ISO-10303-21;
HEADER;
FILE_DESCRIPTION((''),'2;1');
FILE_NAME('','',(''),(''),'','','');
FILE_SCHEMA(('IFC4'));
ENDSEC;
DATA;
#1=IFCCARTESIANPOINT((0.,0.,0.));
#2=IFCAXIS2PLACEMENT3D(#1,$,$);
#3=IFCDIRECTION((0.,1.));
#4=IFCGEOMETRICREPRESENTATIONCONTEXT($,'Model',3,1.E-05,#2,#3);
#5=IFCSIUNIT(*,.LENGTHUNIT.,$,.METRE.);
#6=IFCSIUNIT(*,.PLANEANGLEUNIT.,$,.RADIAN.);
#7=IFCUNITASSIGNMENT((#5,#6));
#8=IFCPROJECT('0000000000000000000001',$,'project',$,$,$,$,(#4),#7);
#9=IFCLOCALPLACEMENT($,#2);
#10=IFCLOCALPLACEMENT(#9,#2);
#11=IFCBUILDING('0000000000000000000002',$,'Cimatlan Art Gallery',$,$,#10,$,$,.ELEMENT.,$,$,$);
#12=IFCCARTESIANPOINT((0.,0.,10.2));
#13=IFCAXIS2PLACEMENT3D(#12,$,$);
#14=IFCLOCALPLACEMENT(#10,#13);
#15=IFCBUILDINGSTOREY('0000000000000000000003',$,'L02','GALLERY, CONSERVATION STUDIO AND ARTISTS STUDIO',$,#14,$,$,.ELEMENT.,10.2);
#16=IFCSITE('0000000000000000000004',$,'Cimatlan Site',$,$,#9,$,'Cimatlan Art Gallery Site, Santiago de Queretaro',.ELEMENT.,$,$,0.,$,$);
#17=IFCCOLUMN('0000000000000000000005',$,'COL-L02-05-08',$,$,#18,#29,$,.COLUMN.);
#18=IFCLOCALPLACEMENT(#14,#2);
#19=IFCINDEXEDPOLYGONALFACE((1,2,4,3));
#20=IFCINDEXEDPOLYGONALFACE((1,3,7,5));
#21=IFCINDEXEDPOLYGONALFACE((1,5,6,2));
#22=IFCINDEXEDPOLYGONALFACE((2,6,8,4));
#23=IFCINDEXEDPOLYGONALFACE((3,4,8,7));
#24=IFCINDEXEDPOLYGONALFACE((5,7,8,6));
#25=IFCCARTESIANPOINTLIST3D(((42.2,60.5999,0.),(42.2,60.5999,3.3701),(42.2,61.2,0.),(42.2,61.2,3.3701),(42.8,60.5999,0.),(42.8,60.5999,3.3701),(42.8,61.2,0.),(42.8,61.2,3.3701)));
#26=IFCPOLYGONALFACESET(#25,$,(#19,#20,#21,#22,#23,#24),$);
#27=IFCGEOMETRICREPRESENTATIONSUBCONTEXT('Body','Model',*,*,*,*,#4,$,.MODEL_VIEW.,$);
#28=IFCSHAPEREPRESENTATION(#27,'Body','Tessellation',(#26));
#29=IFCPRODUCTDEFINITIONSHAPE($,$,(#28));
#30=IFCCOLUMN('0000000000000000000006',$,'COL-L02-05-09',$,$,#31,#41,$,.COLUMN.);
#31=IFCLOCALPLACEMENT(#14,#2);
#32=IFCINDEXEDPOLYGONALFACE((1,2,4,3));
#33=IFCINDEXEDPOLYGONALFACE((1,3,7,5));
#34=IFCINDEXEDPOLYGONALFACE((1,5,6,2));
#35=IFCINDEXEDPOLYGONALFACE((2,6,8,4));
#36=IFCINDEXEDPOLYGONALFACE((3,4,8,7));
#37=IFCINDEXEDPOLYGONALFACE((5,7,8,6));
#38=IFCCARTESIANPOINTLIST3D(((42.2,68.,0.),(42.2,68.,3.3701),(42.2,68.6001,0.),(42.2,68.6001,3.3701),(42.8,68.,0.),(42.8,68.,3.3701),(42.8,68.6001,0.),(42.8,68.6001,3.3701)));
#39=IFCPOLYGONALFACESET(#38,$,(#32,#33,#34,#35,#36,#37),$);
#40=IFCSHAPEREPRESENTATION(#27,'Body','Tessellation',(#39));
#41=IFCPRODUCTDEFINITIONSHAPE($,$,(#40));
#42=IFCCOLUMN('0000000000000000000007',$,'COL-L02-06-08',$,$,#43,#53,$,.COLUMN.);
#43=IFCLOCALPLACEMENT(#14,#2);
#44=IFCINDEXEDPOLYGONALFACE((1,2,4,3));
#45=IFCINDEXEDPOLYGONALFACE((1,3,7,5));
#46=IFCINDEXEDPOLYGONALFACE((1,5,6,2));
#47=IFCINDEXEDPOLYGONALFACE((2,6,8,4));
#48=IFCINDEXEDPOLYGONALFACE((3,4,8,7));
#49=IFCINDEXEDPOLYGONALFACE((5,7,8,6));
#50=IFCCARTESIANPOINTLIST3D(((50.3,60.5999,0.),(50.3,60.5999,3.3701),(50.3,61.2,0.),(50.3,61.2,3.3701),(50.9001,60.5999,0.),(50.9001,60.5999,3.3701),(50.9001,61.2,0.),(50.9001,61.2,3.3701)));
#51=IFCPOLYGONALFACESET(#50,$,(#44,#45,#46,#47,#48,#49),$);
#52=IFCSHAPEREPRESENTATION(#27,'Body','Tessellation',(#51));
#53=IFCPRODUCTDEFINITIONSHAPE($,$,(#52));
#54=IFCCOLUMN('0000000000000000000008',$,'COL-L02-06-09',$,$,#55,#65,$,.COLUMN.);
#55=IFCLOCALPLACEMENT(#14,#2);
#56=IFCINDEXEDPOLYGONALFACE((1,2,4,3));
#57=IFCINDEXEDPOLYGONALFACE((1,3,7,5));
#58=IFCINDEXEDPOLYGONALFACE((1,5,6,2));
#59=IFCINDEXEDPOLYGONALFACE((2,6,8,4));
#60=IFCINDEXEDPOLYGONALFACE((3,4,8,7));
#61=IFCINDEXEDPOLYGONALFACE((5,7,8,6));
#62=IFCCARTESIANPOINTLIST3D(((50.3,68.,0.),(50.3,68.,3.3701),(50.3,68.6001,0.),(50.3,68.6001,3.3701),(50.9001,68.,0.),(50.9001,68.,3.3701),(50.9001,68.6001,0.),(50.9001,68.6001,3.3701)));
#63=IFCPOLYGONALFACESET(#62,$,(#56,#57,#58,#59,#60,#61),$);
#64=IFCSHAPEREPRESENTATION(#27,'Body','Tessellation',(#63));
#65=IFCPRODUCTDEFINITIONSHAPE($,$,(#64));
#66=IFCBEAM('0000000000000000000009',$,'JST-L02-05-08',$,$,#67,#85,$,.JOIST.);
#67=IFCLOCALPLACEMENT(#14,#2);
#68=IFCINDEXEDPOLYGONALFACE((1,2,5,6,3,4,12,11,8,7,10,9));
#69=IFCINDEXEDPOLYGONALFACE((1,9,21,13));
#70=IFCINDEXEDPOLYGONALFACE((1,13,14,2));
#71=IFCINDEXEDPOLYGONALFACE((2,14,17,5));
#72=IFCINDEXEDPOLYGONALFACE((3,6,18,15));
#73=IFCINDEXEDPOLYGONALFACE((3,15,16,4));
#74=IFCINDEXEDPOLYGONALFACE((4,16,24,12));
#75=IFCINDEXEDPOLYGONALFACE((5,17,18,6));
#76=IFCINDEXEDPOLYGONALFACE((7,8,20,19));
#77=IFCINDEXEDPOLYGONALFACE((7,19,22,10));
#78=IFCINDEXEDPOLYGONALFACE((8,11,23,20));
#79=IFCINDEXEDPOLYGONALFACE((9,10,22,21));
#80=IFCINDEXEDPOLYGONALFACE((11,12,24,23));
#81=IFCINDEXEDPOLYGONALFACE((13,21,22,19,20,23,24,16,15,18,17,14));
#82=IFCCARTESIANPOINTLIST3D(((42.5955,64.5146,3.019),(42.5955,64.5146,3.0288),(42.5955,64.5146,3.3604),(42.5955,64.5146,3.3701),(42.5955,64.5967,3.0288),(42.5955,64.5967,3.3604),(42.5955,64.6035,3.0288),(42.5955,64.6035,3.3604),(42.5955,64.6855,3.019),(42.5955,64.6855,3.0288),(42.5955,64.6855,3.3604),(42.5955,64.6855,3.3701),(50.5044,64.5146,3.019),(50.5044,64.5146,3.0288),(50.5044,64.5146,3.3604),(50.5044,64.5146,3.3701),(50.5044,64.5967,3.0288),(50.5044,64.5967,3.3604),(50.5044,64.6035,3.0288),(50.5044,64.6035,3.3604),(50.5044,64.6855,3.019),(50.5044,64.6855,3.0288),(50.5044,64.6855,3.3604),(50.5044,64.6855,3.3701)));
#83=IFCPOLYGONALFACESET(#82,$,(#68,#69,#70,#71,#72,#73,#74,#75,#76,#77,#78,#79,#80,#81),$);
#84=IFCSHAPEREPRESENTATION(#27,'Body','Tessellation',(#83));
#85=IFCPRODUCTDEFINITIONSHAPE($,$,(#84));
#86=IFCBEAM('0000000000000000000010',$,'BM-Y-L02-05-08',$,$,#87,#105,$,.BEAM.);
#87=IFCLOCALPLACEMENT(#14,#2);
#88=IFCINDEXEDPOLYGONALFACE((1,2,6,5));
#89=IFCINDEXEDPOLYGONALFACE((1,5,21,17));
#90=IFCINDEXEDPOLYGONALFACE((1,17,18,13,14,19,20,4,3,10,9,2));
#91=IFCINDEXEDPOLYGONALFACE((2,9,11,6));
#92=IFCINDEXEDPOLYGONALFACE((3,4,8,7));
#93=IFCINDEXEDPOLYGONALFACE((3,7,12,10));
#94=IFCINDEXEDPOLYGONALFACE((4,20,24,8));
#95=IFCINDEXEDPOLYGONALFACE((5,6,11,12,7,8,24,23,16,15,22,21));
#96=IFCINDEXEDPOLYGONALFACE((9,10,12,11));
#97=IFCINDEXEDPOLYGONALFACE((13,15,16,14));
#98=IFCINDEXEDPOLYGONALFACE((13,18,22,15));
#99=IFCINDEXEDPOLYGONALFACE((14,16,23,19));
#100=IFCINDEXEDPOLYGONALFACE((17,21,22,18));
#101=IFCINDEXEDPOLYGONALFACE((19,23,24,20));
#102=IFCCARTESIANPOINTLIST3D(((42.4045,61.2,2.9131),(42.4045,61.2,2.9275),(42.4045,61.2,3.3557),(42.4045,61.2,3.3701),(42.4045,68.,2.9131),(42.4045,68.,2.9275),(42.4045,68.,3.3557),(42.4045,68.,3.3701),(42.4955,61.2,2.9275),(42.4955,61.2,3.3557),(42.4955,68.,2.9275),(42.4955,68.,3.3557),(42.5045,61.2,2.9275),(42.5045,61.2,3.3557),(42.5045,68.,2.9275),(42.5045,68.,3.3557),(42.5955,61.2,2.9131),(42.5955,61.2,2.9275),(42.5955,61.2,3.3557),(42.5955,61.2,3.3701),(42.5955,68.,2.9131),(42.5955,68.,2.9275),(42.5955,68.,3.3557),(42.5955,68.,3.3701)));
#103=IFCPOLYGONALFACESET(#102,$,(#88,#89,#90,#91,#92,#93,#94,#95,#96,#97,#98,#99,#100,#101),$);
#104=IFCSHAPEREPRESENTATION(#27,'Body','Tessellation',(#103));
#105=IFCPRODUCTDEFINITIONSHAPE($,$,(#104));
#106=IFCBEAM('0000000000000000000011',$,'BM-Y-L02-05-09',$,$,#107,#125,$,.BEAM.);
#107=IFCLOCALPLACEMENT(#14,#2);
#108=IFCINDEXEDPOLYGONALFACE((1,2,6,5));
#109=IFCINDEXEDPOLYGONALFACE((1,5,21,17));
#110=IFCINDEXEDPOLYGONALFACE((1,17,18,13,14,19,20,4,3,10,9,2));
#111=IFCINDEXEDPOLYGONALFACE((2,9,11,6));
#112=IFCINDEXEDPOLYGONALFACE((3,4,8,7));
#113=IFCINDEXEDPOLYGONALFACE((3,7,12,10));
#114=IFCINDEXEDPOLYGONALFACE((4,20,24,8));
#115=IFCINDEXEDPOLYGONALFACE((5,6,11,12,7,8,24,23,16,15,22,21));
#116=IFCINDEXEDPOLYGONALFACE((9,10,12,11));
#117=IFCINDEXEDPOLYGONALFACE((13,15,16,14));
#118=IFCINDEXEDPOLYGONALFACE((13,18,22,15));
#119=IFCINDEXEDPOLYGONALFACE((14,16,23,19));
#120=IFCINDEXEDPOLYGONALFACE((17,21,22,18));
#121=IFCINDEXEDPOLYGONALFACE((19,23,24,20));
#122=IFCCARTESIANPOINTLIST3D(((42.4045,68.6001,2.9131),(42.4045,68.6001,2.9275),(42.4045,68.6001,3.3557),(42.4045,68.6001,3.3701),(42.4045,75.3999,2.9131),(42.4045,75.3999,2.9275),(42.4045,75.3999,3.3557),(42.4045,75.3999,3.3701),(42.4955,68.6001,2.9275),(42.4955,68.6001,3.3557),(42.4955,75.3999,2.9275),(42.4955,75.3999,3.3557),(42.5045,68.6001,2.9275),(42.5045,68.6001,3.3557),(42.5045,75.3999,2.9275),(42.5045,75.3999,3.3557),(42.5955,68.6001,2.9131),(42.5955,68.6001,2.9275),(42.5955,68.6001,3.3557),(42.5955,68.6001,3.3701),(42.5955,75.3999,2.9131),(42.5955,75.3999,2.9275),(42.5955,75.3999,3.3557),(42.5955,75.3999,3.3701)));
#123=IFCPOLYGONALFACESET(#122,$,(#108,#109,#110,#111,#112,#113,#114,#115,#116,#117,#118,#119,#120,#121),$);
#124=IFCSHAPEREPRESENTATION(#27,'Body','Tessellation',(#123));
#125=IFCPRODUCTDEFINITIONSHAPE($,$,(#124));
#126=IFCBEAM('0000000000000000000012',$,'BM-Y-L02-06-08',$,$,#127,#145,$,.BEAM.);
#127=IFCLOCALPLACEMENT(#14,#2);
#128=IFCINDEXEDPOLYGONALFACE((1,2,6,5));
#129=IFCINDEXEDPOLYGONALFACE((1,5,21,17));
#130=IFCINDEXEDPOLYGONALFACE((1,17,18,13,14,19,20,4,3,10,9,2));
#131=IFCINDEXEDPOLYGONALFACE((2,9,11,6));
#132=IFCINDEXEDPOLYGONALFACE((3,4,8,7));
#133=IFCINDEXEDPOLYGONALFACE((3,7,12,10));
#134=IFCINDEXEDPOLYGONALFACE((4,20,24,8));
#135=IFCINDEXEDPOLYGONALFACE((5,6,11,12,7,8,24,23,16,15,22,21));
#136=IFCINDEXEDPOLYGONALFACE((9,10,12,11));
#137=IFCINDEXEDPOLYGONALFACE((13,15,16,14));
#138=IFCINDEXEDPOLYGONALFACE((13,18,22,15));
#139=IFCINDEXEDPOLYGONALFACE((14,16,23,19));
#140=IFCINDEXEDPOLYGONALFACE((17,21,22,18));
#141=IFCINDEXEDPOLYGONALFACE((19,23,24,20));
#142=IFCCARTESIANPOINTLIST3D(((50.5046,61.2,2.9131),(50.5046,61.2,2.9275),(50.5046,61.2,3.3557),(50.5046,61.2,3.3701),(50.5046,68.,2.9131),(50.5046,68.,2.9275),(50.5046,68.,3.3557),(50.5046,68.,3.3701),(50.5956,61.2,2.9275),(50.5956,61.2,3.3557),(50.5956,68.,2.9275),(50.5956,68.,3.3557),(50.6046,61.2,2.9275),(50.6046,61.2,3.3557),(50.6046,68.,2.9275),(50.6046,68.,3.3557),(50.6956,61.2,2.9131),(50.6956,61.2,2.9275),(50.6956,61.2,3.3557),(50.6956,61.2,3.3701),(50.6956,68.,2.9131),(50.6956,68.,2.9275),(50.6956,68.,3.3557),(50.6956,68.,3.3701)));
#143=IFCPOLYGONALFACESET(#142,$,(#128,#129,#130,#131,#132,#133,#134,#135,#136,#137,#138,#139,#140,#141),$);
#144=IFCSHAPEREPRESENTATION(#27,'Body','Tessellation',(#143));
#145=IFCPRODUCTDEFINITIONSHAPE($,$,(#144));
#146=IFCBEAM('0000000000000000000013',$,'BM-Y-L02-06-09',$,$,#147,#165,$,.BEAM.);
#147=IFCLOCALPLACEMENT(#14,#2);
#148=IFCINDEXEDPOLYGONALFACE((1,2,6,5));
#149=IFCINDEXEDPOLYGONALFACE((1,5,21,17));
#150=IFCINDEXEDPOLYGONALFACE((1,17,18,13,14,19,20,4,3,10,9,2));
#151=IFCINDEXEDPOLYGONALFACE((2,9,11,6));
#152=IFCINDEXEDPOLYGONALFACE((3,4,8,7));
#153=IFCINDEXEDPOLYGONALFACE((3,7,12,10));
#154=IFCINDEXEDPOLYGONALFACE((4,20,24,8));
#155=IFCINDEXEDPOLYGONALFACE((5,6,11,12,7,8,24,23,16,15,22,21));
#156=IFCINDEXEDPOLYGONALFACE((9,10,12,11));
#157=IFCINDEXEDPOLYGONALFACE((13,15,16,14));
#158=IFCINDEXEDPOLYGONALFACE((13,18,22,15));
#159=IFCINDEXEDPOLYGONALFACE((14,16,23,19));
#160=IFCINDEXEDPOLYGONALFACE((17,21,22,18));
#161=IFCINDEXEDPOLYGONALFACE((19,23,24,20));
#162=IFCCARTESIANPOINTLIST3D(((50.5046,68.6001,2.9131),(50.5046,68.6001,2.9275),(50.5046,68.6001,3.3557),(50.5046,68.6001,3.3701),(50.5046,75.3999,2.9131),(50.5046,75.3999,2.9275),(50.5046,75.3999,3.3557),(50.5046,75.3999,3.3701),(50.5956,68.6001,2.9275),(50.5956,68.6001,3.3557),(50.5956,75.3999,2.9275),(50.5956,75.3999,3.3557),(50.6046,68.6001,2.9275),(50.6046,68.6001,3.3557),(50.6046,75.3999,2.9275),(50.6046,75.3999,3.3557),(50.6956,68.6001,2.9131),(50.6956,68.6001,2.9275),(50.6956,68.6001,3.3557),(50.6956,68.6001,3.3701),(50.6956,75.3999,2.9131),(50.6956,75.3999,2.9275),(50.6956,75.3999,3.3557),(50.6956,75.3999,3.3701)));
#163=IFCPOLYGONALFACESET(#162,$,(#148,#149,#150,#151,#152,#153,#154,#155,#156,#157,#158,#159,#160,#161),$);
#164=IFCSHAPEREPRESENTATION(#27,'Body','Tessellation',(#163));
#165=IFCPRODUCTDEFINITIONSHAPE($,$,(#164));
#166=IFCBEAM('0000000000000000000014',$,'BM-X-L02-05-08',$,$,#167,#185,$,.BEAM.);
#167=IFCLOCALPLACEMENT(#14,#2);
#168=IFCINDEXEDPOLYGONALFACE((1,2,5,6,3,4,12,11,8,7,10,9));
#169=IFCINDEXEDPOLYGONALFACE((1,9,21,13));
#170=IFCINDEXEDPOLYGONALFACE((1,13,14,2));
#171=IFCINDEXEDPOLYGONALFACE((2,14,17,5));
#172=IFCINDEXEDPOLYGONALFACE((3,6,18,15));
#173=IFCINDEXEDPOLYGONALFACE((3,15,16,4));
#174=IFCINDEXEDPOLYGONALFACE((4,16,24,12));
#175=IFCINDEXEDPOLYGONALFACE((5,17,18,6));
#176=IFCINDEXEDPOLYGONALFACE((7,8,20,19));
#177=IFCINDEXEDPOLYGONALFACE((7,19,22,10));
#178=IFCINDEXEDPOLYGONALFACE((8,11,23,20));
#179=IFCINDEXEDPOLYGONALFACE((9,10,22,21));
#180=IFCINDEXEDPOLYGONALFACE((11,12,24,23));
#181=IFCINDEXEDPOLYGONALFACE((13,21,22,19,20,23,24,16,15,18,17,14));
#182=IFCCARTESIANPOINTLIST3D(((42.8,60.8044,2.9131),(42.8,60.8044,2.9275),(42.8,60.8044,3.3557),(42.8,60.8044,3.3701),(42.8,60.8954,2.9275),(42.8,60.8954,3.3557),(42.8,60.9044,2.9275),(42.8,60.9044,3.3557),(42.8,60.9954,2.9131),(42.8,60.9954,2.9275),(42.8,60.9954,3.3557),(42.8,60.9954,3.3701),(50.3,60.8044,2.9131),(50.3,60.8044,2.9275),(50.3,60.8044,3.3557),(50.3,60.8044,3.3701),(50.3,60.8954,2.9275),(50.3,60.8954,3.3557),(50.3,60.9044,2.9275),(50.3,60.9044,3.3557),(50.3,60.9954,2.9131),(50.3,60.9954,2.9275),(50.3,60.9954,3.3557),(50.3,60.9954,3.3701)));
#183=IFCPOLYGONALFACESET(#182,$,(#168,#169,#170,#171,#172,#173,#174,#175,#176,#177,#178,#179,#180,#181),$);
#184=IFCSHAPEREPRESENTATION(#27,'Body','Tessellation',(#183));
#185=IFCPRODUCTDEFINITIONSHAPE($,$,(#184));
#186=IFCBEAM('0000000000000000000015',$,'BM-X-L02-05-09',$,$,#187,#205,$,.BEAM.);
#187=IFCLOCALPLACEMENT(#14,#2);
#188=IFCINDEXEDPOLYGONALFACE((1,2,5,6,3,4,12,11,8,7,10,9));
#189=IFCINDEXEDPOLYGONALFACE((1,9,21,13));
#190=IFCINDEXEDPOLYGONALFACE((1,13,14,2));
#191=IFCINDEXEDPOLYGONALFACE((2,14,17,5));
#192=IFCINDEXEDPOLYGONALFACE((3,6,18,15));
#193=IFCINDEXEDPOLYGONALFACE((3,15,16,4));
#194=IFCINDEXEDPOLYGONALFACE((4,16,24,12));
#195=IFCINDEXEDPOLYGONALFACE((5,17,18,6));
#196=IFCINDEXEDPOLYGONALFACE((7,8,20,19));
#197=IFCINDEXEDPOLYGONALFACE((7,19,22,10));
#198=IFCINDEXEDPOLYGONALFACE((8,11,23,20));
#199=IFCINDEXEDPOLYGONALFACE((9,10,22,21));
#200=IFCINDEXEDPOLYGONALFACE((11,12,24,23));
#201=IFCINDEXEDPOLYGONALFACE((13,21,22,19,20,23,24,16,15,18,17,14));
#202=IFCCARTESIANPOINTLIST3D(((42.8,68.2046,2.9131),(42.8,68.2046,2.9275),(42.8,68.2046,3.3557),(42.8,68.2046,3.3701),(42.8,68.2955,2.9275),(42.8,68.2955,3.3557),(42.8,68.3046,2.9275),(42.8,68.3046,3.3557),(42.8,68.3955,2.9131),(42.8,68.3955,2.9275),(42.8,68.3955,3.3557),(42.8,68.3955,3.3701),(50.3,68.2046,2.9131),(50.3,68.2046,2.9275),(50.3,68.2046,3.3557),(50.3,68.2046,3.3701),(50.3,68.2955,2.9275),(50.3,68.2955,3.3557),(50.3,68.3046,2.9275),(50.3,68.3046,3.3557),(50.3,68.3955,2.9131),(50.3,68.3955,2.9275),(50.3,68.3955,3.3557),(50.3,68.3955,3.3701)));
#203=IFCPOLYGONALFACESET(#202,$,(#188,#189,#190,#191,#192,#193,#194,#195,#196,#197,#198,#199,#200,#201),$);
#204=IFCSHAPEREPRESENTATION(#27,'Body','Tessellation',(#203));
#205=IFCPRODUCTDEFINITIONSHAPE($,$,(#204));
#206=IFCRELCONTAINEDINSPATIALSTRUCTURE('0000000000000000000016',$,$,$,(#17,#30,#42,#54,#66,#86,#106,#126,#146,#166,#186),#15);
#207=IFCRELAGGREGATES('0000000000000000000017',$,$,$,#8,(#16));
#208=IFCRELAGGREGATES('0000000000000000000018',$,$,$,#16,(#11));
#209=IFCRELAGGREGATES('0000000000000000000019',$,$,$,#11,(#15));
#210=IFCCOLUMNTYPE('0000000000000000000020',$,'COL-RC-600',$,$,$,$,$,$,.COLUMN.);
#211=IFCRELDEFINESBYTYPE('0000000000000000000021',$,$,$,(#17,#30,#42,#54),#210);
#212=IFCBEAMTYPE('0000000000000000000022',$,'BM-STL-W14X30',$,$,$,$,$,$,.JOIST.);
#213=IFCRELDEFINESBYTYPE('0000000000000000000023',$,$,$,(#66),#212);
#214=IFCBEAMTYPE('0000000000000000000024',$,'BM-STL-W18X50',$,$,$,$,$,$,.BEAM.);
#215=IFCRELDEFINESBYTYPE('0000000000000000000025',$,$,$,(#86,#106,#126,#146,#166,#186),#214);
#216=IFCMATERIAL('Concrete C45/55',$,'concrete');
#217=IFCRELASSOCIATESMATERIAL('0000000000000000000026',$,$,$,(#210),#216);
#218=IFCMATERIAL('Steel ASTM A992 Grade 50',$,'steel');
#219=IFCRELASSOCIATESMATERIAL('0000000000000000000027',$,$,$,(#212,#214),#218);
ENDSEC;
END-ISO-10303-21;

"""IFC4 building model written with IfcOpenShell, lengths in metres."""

from ifc_helpers import new_model, si_unit, direction, frame, origin, origin_2d, place, context, subcontext, project, spatial, rectangle, i_section, extrude, material, material_profile, profile_set, type_object, element, save


model = new_model("IFC4")

# Units and contexts
model_context = context("Model", 3, precision=1e-05, world=origin(), true_north=direction((0.0, 1.0)))
body_context = subcontext(model_context, "Body", "Model", "MODEL_VIEW")
ifc_project = project(units=[si_unit("LENGTHUNIT", "METRE"), si_unit("PLANEANGLEUNIT", "RADIAN")], contexts=[model_context])

# Site, building, storey
site_placement = place(None, origin())
site = spatial("IfcSite", under=ifc_project, at=site_placement, Name="Cimatlan Site", LongName="Cimatlan Art Gallery Site, Santiago de Queretaro", CompositionType="ELEMENT", RefElevation=0.0)
building_placement = place(site_placement, origin())
building = spatial("IfcBuilding", under=site, at=building_placement, Name="Cimatlan Art Gallery", CompositionType="ELEMENT")
storey_placement = place(building_placement, frame((0.0, 0.0, 10.2)))
storey = spatial("IfcBuildingStorey", under=building, at=storey_placement, Name="L02", Description="GALLERY, CONSERVATION STUDIO AND ARTISTS STUDIO", CompositionType="ELEMENT", Elevation=10.2)

# Columns
ifc_material_1 = material(Name="Concrete C45/55", Category="concrete")
ifc_material_profile_1 = material_profile(ifc_material_1, rectangle(XDim=0.6001, YDim=0.6001, at=origin_2d()), Name="RC600X600")
ifc_profile_set_1 = profile_set([ifc_material_profile_1], Name="Concrete C45/55")
column_type = type_object("IfcColumnType", Name="COL-RC-600", PredefinedType="COLUMN", material=ifc_profile_set_1)
for number, where, z_axis, x_axis, name in (
    (1, (42.5, 60.8999, 0.0), (0.0, 0.0, 1.0), (1.0, 0.0, 0.0), "COL-L02-05-08"),
    (2, (42.5, 68.3, 0.0), (0.0, 0.0, 1.0), (1.0, 0.0, 0.0), "COL-L02-05-09"),
    (3, (50.6001, 60.8999, 0.0), (0.0, 0.0, 1.0), (1.0, 0.0, 0.0), "COL-L02-06-08"),
    (4, (50.6001, 68.3, 0.0), (0.0, 0.0, 1.0), (1.0, 0.0, 0.0), "COL-L02-06-09"),
):
    element("IfcColumn", number, at=place(storey_placement, frame(where, z_axis=z_axis, x_axis=x_axis)), inside=storey, type_object=column_type, Name=name, PredefinedType="COLUMN", context=body_context, shape_type="SweptSolid", body=[
        extrude(rectangle(XDim=0.6001, YDim=0.6001, at=origin_2d()), origin(), (0.0, 0.0, 1.0), 3.3701),
    ])

# Beams
ifc_material_2 = material(Name="Steel ASTM A992 Grade 50", Category="steel")
ifc_material_profile_2 = material_profile(ifc_material_2, i_section(OverallWidth=0.1709, OverallDepth=0.3511, WebThickness=0.0068, FlangeThickness=0.0098, at=origin_2d()), Name="W14X30")
ifc_profile_set_2 = profile_set([ifc_material_profile_2], Name="Steel ASTM A992 Grade 50")
beam_type_1 = type_object("IfcBeamType", Name="BM-STL-W14X30", PredefinedType="JOIST", material=ifc_profile_set_2)
beam_1_placement = place(storey_placement, frame((42.5955, 64.6001, 3.1946), z_axis=(1.0, 0.0, 0.0), x_axis=(0.0, 1.0, 0.0)))
element("IfcBeam", 5, at=beam_1_placement, inside=storey, type_object=beam_type_1, Name="JST-L02-05-08", PredefinedType="JOIST", context=body_context, shape_type="SweptSolid", body=[
    extrude(i_section(OverallWidth=0.1709, OverallDepth=0.3511, WebThickness=0.0068, FlangeThickness=0.0098, at=origin_2d()), origin(), (0.0, 0.0, 1.0), 7.9089),
])
ifc_material_profile_3 = material_profile(ifc_material_2, i_section(OverallWidth=0.1909, OverallDepth=0.457, WebThickness=0.009, FlangeThickness=0.0144, at=origin_2d()), Name="W18X50")
ifc_profile_set_3 = profile_set([ifc_material_profile_3], Name="Steel ASTM A992 Grade 50")
beam_type_2 = type_object("IfcBeamType", Name="BM-STL-W18X50", PredefinedType="BEAM", material=ifc_profile_set_3)
beam_2_placement = place(storey_placement, frame((42.5, 61.2, 3.1416), z_axis=(0.0, 1.0, 0.0), x_axis=(-1.0, 0.0, 0.0)))
element("IfcBeam", 6, at=beam_2_placement, inside=storey, type_object=beam_type_2, Name="BM-Y-L02-05-08", PredefinedType="BEAM", context=body_context, shape_type="SweptSolid", body=[
    extrude(i_section(OverallWidth=0.1909, OverallDepth=0.457, WebThickness=0.009, FlangeThickness=0.0144, at=origin_2d()), origin(), (0.0, 0.0, 1.0), 6.8),
])
beam_3_placement = place(storey_placement, frame((42.5, 68.6001, 3.1416), z_axis=(0.0, 1.0, 0.0), x_axis=(-1.0, 0.0, 0.0)))
element("IfcBeam", 7, at=beam_3_placement, inside=storey, type_object=beam_type_2, Name="BM-Y-L02-05-09", PredefinedType="BEAM", context=body_context, shape_type="SweptSolid", body=[
    extrude(i_section(OverallWidth=0.1909, OverallDepth=0.457, WebThickness=0.009, FlangeThickness=0.0144, at=origin_2d()), origin(), (0.0, 0.0, 1.0), 6.7998),
])
beam_4_placement = place(storey_placement, frame((50.6001, 61.2, 3.1416), z_axis=(0.0, 1.0, 0.0), x_axis=(-1.0, 0.0, 0.0)))
element("IfcBeam", 8, at=beam_4_placement, inside=storey, type_object=beam_type_2, Name="BM-Y-L02-06-08", PredefinedType="BEAM", context=body_context, shape_type="SweptSolid", body=[
    extrude(i_section(OverallWidth=0.1909, OverallDepth=0.457, WebThickness=0.009, FlangeThickness=0.0144, at=origin_2d()), origin(), (0.0, 0.0, 1.0), 6.8),
])
beam_5_placement = place(storey_placement, frame((50.6001, 68.6001, 3.1416), z_axis=(0.0, 1.0, 0.0), x_axis=(-1.0, 0.0, 0.0)))
element("IfcBeam", 9, at=beam_5_placement, inside=storey, type_object=beam_type_2, Name="BM-Y-L02-06-09", PredefinedType="BEAM", context=body_context, shape_type="SweptSolid", body=[
    extrude(i_section(OverallWidth=0.1909, OverallDepth=0.457, WebThickness=0.009, FlangeThickness=0.0144, at=origin_2d()), origin(), (0.0, 0.0, 1.0), 6.7998),
])
for number, where, z_axis, x_axis, name in (
    (10, (42.8, 60.8999, 3.1416), (1.0, 0.0, 0.0), (0.0, 1.0, 0.0), "BM-X-L02-05-08"),
    (11, (42.8, 68.3, 3.1416), (1.0, 0.0, 0.0), (0.0, 1.0, 0.0), "BM-X-L02-05-09"),
):
    element("IfcBeam", number, at=place(storey_placement, frame(where, z_axis=z_axis, x_axis=x_axis)), inside=storey, type_object=beam_type_2, Name=name, PredefinedType="BEAM", context=body_context, shape_type="SweptSolid", body=[
        extrude(i_section(OverallWidth=0.1909, OverallDepth=0.457, WebThickness=0.009, FlangeThickness=0.0144, at=origin_2d()), origin(), (0.0, 0.0, 1.0), 7.5),
    ])

save(model, "model.ifc")
